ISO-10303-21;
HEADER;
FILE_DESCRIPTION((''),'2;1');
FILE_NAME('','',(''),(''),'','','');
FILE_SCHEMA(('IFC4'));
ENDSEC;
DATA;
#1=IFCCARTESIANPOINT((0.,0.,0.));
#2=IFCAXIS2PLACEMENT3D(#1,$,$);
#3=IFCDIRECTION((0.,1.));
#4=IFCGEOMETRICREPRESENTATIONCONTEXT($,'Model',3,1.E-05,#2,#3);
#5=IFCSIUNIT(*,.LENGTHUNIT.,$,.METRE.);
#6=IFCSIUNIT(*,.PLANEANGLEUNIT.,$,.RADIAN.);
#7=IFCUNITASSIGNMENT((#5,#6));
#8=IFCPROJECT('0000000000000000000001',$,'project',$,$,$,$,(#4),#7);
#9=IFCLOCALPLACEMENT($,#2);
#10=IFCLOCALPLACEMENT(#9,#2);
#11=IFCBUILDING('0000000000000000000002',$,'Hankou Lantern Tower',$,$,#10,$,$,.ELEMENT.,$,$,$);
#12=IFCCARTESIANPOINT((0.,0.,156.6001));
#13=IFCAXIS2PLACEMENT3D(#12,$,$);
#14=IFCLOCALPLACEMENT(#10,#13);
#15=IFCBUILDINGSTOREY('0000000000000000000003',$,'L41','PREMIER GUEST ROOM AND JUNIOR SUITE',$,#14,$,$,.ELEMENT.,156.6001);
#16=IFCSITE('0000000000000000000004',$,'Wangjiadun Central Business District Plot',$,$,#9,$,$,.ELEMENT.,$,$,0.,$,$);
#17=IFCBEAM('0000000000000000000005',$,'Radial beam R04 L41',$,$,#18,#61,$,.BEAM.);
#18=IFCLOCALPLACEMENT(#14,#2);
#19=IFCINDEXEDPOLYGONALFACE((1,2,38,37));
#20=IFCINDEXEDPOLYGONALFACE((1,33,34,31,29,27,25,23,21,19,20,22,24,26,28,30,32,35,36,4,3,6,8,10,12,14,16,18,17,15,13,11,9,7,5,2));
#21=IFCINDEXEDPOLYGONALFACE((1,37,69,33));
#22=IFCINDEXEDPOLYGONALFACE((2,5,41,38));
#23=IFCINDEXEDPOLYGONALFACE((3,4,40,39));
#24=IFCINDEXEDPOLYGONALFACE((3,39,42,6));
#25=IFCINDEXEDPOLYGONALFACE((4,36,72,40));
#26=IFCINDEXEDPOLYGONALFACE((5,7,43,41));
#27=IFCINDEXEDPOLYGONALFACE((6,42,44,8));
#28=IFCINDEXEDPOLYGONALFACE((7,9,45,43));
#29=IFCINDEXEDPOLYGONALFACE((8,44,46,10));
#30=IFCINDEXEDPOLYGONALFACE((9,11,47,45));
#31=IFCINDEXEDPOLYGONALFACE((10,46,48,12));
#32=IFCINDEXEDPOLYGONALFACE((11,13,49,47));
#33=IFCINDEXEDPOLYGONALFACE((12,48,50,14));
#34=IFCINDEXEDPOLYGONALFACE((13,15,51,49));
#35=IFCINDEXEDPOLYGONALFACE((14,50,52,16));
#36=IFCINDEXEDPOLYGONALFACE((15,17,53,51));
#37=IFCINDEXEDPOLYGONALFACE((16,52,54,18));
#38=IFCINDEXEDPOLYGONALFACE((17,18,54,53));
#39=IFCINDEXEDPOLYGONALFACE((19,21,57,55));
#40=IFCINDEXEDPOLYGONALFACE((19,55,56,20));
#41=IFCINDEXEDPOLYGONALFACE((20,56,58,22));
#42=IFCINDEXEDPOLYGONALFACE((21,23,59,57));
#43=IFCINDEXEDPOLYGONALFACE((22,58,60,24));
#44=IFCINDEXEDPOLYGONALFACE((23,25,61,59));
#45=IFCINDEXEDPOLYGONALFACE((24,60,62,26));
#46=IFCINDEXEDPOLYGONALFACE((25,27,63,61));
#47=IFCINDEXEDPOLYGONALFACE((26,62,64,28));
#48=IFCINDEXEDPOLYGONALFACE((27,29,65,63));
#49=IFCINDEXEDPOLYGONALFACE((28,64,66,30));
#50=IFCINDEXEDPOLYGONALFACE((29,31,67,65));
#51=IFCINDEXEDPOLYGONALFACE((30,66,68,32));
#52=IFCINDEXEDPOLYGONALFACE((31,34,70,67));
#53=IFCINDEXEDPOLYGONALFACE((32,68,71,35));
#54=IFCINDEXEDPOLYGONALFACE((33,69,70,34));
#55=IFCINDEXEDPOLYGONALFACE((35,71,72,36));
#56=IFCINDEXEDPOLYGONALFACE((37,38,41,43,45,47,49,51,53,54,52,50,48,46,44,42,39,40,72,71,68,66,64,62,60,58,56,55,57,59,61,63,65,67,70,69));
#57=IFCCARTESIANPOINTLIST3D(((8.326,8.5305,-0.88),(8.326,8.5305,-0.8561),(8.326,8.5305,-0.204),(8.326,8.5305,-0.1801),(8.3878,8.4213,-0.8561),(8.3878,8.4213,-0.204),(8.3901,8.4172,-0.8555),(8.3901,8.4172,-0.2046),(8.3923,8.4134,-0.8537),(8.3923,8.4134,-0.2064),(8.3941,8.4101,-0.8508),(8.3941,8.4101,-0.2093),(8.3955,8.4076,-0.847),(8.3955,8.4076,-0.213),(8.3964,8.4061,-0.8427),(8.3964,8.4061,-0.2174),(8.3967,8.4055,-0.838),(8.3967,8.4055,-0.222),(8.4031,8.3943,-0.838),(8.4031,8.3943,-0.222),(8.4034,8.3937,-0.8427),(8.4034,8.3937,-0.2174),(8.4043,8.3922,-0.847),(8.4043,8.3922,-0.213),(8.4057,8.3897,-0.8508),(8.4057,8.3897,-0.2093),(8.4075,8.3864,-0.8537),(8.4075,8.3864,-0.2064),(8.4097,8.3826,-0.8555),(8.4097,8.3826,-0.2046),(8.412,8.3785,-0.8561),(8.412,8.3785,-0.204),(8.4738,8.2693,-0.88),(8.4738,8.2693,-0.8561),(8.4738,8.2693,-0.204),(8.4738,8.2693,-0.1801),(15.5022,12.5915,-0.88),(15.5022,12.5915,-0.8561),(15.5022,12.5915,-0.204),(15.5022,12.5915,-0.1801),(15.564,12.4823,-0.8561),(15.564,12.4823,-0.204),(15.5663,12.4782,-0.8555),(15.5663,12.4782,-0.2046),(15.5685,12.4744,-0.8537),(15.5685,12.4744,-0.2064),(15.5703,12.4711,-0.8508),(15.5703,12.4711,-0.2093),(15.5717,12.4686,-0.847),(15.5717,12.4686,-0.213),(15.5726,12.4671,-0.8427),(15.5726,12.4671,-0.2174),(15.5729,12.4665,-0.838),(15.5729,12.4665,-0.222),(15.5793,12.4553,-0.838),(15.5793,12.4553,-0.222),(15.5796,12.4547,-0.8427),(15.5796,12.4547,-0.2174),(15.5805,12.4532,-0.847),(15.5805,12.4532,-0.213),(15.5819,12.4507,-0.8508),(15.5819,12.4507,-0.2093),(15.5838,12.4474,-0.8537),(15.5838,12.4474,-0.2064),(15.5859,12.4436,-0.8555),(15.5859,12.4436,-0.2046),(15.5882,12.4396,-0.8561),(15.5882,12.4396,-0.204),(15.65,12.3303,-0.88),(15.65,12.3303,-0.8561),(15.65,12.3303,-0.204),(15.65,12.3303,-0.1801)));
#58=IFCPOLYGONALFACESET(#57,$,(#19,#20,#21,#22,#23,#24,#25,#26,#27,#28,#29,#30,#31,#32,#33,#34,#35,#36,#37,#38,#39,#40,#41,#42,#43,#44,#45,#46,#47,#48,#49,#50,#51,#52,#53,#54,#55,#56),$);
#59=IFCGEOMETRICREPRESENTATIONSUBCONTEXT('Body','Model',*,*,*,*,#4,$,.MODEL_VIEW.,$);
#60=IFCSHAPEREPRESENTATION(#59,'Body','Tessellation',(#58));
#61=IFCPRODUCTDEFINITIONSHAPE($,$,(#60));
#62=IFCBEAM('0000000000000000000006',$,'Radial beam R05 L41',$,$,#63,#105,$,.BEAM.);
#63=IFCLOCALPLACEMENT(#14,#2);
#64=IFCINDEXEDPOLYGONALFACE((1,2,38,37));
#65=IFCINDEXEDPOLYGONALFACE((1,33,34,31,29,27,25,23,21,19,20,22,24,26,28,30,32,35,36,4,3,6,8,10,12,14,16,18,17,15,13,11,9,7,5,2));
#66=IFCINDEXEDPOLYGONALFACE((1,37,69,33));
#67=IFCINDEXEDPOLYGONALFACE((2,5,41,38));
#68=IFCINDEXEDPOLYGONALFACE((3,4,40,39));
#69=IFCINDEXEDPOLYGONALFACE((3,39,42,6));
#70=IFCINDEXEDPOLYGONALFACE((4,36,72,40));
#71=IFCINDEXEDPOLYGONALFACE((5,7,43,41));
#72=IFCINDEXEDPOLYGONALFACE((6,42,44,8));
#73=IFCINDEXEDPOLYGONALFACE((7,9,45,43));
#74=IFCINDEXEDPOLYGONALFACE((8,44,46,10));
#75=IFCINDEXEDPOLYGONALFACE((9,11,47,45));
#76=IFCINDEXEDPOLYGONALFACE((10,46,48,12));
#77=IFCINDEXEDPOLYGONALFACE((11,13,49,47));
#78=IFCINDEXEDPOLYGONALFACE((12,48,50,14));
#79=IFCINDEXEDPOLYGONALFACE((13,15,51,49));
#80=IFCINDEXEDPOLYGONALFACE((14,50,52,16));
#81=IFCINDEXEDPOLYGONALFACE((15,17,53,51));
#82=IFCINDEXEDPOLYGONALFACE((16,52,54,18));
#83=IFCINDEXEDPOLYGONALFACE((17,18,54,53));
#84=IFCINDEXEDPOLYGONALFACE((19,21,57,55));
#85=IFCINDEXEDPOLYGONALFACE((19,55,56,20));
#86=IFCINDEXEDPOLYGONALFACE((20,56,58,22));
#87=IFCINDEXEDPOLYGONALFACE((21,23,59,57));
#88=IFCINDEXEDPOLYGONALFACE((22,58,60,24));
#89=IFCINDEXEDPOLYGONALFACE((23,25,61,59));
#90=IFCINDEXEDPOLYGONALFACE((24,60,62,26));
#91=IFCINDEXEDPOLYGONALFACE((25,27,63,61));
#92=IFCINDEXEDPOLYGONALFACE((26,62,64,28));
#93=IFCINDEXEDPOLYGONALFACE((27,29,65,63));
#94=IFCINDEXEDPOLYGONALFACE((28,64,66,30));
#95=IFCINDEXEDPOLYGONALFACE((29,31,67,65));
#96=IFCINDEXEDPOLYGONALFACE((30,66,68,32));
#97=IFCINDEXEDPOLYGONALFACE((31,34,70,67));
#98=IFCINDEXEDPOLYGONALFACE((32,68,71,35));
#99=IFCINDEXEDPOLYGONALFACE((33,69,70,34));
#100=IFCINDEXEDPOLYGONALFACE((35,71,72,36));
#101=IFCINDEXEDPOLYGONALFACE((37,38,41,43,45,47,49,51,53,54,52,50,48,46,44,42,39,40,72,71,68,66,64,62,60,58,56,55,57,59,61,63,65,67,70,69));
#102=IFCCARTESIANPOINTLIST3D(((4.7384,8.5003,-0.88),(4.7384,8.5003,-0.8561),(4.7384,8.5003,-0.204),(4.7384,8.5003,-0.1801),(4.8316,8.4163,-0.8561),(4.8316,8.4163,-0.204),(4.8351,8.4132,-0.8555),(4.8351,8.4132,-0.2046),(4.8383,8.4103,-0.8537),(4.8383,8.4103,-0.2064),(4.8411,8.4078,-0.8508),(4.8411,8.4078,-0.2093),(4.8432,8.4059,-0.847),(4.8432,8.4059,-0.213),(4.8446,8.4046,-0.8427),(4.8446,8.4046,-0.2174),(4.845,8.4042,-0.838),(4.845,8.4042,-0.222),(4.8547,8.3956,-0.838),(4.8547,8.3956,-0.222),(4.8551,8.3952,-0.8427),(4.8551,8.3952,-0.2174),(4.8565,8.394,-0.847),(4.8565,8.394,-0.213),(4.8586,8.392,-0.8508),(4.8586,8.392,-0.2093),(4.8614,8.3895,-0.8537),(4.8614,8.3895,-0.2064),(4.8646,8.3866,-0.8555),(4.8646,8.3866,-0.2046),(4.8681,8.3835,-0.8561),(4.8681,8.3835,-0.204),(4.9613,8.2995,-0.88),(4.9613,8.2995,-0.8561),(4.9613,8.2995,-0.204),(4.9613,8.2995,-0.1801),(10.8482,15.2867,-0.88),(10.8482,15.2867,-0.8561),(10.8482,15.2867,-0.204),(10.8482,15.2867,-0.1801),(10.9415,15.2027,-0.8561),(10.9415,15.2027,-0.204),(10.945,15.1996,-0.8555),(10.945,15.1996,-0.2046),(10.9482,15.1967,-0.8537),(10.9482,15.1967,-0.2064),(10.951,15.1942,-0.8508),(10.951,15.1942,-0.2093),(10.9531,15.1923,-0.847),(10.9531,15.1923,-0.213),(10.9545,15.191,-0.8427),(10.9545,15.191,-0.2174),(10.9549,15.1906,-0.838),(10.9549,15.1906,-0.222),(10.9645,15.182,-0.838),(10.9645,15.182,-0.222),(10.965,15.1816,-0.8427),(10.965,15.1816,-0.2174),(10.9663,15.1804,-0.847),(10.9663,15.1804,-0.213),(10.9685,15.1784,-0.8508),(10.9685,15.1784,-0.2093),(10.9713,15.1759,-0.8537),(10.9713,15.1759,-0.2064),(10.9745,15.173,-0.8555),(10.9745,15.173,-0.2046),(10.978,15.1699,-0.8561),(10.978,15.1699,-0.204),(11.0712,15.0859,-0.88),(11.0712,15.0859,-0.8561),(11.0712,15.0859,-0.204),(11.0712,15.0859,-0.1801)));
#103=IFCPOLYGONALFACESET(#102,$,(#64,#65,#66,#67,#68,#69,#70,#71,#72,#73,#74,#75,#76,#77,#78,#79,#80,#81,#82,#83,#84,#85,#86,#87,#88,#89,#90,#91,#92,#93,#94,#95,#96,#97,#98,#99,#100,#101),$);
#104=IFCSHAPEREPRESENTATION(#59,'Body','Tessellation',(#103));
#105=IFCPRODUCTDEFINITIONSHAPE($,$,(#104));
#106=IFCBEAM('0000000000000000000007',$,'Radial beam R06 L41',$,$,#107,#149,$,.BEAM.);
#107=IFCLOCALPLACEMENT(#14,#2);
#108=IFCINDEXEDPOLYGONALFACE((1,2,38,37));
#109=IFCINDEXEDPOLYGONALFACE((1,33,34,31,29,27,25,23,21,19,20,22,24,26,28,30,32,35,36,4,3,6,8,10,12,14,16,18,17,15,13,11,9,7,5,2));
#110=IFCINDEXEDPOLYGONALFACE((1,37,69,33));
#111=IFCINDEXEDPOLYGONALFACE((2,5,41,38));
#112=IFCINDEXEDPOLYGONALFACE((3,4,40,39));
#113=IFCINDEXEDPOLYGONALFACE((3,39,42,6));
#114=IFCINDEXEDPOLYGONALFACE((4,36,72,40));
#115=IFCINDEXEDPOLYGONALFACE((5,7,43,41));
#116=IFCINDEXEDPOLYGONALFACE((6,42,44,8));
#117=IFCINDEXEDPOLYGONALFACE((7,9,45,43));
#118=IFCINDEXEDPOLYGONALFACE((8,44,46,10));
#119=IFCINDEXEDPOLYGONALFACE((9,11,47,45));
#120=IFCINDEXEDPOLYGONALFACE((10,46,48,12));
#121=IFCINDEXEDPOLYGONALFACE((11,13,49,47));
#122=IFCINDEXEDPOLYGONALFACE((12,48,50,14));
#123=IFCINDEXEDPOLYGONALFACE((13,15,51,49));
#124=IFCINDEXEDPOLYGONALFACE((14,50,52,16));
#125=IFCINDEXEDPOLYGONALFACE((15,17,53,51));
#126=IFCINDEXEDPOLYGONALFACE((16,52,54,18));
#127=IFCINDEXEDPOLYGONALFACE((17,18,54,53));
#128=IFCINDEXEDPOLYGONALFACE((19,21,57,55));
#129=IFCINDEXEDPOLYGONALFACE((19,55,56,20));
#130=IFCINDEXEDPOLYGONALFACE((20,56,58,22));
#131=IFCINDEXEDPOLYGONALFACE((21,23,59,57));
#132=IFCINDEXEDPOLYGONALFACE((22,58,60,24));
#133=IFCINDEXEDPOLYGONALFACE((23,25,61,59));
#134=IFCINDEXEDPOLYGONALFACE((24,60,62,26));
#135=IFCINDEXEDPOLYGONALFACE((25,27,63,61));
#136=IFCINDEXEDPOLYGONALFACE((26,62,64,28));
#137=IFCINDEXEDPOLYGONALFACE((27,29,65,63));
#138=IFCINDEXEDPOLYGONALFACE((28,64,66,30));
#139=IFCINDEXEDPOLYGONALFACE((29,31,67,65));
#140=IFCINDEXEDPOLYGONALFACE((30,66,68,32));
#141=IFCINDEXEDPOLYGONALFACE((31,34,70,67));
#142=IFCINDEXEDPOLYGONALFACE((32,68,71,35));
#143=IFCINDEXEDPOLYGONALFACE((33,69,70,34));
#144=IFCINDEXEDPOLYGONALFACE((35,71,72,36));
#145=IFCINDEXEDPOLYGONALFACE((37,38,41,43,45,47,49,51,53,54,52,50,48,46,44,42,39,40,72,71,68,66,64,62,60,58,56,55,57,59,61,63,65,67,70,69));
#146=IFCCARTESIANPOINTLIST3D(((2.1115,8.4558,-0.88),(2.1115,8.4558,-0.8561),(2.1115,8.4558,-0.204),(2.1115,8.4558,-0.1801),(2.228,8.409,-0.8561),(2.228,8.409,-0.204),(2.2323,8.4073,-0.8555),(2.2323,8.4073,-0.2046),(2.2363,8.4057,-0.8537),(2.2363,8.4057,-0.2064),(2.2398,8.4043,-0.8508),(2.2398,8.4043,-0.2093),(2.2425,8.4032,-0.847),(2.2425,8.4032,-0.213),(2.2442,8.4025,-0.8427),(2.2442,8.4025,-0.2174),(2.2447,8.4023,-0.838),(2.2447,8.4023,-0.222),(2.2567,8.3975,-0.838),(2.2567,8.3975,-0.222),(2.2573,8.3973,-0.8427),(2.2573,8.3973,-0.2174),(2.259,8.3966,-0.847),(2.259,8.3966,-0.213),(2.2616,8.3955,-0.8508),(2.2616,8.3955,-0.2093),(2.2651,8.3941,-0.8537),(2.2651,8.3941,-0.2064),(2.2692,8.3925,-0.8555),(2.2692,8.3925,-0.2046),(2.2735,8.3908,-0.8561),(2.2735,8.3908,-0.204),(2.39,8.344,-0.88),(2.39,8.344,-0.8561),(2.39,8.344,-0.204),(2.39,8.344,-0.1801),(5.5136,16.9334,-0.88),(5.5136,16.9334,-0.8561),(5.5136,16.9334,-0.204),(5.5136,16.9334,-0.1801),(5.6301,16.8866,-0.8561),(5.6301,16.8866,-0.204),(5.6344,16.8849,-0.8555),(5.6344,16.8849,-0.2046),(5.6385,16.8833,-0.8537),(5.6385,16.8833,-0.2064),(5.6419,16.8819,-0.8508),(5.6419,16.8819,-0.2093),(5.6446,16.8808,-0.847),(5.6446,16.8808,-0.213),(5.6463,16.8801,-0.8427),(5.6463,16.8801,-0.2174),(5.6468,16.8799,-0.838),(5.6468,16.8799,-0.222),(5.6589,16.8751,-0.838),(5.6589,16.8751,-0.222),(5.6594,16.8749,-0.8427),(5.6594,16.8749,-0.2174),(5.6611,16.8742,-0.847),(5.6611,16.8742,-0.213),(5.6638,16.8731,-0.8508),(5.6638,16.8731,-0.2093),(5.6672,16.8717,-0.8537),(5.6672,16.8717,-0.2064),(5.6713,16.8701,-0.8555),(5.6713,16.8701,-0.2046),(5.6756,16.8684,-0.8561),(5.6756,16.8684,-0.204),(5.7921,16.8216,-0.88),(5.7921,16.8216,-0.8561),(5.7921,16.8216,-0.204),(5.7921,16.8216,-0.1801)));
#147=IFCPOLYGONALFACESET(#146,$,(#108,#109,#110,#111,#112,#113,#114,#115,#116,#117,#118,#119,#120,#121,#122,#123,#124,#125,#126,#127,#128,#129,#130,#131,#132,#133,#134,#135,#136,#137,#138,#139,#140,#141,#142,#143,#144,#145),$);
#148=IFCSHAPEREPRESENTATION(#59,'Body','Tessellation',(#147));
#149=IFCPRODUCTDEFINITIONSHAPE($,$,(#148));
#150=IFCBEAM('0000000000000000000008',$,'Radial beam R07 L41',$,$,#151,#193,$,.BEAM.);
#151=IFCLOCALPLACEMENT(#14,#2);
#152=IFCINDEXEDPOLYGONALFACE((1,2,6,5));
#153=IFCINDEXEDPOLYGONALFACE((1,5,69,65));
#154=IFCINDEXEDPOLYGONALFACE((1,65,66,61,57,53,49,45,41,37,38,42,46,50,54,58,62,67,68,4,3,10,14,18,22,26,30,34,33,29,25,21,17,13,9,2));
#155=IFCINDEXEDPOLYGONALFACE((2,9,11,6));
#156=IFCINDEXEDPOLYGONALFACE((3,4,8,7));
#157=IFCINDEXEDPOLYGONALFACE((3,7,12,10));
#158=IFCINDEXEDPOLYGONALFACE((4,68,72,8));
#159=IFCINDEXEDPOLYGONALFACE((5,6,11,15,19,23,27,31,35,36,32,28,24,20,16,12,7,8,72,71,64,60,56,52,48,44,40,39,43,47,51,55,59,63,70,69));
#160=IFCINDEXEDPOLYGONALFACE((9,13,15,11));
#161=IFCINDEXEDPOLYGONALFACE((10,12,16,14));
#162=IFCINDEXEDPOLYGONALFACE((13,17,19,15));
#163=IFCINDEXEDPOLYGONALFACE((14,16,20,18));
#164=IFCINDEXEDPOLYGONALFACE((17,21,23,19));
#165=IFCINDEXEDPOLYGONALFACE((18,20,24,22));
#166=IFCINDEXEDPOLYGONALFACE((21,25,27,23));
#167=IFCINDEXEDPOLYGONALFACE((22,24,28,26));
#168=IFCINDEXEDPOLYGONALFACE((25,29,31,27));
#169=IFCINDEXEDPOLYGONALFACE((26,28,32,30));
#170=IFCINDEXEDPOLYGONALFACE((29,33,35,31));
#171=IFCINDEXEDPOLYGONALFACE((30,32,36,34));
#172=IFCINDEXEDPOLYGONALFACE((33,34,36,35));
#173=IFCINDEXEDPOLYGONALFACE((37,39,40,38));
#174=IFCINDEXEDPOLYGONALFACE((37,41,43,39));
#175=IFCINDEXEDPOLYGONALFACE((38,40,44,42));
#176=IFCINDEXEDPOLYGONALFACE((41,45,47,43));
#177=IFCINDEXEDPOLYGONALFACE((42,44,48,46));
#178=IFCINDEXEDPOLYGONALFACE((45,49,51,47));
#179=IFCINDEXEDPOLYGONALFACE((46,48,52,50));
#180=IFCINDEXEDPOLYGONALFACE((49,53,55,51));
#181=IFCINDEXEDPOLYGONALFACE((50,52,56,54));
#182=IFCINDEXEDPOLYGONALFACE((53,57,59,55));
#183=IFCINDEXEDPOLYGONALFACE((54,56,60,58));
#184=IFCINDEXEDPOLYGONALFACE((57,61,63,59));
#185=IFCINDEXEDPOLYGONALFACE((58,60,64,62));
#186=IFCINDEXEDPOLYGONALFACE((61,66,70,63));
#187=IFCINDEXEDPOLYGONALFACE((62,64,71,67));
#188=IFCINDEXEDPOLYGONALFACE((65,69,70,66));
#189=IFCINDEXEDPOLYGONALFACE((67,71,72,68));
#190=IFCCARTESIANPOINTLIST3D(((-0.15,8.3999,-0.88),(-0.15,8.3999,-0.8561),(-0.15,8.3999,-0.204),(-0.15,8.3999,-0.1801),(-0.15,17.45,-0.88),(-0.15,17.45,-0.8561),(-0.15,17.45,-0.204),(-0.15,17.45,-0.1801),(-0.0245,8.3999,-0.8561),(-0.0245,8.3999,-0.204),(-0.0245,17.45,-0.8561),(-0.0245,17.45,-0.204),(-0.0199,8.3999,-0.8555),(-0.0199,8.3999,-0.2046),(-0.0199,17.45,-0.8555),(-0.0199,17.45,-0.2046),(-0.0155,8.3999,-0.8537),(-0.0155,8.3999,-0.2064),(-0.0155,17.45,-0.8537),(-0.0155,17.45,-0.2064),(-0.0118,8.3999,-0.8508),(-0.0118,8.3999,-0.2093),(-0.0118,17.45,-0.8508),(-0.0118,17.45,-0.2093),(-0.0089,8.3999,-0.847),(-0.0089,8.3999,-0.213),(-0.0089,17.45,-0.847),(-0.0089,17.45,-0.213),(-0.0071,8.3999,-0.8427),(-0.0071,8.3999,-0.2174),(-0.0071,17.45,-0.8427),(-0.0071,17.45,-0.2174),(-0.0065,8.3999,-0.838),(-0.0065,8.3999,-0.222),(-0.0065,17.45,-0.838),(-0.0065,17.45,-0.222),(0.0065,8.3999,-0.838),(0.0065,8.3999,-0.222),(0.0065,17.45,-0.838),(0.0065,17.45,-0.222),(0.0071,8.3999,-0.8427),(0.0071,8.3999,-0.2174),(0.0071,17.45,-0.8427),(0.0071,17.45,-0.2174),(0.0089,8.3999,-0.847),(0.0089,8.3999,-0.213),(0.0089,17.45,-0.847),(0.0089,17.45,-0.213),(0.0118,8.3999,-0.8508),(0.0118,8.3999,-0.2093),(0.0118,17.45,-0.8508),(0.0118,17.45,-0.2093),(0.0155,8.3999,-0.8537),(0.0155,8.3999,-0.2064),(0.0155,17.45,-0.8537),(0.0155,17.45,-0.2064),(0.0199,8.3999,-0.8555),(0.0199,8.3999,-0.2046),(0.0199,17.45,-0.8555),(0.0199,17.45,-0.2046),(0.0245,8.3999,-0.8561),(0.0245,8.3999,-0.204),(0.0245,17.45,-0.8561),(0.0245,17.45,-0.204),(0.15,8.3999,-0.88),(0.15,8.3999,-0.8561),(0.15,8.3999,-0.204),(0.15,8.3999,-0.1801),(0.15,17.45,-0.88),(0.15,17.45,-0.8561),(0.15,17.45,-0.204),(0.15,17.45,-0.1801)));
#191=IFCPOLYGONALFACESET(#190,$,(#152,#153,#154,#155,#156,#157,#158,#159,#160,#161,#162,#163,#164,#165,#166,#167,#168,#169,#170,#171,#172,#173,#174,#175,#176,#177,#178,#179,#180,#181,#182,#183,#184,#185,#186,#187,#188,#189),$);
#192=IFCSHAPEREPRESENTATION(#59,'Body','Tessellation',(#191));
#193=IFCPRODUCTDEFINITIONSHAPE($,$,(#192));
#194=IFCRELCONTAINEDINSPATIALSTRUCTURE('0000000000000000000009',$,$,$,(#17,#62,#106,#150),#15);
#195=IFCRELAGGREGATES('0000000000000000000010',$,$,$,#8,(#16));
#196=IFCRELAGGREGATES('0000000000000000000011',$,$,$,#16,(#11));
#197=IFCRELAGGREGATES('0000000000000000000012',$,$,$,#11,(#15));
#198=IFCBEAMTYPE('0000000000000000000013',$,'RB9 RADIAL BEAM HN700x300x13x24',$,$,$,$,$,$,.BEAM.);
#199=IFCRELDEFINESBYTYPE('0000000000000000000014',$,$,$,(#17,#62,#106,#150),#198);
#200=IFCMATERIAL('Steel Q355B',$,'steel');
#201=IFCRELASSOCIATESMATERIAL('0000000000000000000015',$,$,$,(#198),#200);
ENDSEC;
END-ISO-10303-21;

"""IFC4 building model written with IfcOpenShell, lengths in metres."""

from ifc_helpers import new_model, si_unit, direction, frame, origin, origin_2d, place, context, subcontext, project, spatial, i_section, extrude, material, material_profile, profile_set, type_object, element, save


model = new_model("IFC4")

# Units and contexts
model_context = context("Model", 3, precision=1e-05, world=origin(), true_north=direction((0.0, 1.0)))
body_context = subcontext(model_context, "Body", "Model", "MODEL_VIEW")
ifc_project = project(units=[si_unit("LENGTHUNIT", "METRE"), si_unit("PLANEANGLEUNIT", "RADIAN")], contexts=[model_context])

# Site, building, storey
site_placement = place(None, origin())
site = spatial("IfcSite", under=ifc_project, at=site_placement, Name="Wangjiadun Central Business District Plot", CompositionType="ELEMENT", RefElevation=0.0)
building_placement = place(site_placement, origin())
building = spatial("IfcBuilding", under=site, at=building_placement, Name="Hankou Lantern Tower", CompositionType="ELEMENT")
storey_placement = place(building_placement, frame((0.0, 0.0, 156.6001)))
storey = spatial("IfcBuildingStorey", under=building, at=storey_placement, Name="L41", Description="PREMIER GUEST ROOM AND JUNIOR SUITE", CompositionType="ELEMENT", Elevation=156.6001)

# Beams
ifc_material_1 = material(Name="Steel Q355B", Category="steel")
ifc_material_profile_1 = material_profile(ifc_material_1, i_section(OverallWidth=0.3, OverallDepth=0.7, WebThickness=0.0129, FlangeThickness=0.0239, FilletRadius=0.0181, at=origin_2d()), Name="HN700x300x13x24")
ifc_profile_set_1 = profile_set([ifc_material_profile_1], Name="Steel Q355B")
beam_type_1 = type_object("IfcBeamType", Name="RB9 RADIAL BEAM HN700x300x13x24", PredefinedType="BEAM", material=ifc_profile_set_1)
beam_1_placement = place(storey_placement, frame((8.3999, 8.3999, -0.53), z_axis=(0.870309, 0.492506, 0.0), x_axis=(-0.492506, 0.870309, 0.0)))
element("IfcBeam", 1, at=beam_1_placement, inside=storey, type_object=beam_type_1, Name="Radial beam R04 L41", PredefinedType="BEAM", context=body_context, shape_type="SweptSolid", body=[
    extrude(i_section(OverallWidth=0.3, OverallDepth=0.7, WebThickness=0.0129, FlangeThickness=0.0239, FilletRadius=0.0181, at=origin_2d()), origin(), (0.0, 0.0, 1.0), 8.2456),
])
beam_2_placement = place(storey_placement, frame((4.8499, 8.3999, -0.53), z_axis=(0.669093, 0.743178, 0.0), x_axis=(-0.743178, 0.669093, 0.0)))
element("IfcBeam", 2, at=beam_2_placement, inside=storey, type_object=beam_type_1, Name="Radial beam R05 L41", PredefinedType="BEAM", context=body_context, shape_type="SweptSolid", body=[
    extrude(i_section(OverallWidth=0.3, OverallDepth=0.7, WebThickness=0.0129, FlangeThickness=0.0239, FilletRadius=0.0181, at=origin_2d()), origin(), (0.0, 0.0, 1.0), 9.1316),
])
beam_3_placement = place(storey_placement, frame((2.2507, 8.3999, -0.53), z_axis=(0.372436, 0.928058, 0.0), x_axis=(-0.928058, 0.372436, 0.0)))
element("IfcBeam", 3, at=beam_3_placement, inside=storey, type_object=beam_type_1, Name="Radial beam R06 L41", PredefinedType="BEAM", context=body_context, shape_type="SweptSolid", body=[
    extrude(i_section(OverallWidth=0.3, OverallDepth=0.7, WebThickness=0.0129, FlangeThickness=0.0239, FilletRadius=0.0181, at=origin_2d()), origin(), (0.0, 0.0, 1.0), 9.1348),
])
beam_4_placement = place(storey_placement, frame((0.0, 8.3999, -0.53), z_axis=(0.0, 1.0, 0.0), x_axis=(-1.0, 0.0, 0.0)))
element("IfcBeam", 4, at=beam_4_placement, inside=storey, type_object=beam_type_1, Name="Radial beam R07 L41", PredefinedType="BEAM", context=body_context, shape_type="SweptSolid", body=[
    extrude(i_section(OverallWidth=0.3, OverallDepth=0.7, WebThickness=0.0129, FlangeThickness=0.0239, FilletRadius=0.0181, at=origin_2d()), origin(), (0.0, 0.0, 1.0), 9.05),
])

save(model, "model.ifc")
